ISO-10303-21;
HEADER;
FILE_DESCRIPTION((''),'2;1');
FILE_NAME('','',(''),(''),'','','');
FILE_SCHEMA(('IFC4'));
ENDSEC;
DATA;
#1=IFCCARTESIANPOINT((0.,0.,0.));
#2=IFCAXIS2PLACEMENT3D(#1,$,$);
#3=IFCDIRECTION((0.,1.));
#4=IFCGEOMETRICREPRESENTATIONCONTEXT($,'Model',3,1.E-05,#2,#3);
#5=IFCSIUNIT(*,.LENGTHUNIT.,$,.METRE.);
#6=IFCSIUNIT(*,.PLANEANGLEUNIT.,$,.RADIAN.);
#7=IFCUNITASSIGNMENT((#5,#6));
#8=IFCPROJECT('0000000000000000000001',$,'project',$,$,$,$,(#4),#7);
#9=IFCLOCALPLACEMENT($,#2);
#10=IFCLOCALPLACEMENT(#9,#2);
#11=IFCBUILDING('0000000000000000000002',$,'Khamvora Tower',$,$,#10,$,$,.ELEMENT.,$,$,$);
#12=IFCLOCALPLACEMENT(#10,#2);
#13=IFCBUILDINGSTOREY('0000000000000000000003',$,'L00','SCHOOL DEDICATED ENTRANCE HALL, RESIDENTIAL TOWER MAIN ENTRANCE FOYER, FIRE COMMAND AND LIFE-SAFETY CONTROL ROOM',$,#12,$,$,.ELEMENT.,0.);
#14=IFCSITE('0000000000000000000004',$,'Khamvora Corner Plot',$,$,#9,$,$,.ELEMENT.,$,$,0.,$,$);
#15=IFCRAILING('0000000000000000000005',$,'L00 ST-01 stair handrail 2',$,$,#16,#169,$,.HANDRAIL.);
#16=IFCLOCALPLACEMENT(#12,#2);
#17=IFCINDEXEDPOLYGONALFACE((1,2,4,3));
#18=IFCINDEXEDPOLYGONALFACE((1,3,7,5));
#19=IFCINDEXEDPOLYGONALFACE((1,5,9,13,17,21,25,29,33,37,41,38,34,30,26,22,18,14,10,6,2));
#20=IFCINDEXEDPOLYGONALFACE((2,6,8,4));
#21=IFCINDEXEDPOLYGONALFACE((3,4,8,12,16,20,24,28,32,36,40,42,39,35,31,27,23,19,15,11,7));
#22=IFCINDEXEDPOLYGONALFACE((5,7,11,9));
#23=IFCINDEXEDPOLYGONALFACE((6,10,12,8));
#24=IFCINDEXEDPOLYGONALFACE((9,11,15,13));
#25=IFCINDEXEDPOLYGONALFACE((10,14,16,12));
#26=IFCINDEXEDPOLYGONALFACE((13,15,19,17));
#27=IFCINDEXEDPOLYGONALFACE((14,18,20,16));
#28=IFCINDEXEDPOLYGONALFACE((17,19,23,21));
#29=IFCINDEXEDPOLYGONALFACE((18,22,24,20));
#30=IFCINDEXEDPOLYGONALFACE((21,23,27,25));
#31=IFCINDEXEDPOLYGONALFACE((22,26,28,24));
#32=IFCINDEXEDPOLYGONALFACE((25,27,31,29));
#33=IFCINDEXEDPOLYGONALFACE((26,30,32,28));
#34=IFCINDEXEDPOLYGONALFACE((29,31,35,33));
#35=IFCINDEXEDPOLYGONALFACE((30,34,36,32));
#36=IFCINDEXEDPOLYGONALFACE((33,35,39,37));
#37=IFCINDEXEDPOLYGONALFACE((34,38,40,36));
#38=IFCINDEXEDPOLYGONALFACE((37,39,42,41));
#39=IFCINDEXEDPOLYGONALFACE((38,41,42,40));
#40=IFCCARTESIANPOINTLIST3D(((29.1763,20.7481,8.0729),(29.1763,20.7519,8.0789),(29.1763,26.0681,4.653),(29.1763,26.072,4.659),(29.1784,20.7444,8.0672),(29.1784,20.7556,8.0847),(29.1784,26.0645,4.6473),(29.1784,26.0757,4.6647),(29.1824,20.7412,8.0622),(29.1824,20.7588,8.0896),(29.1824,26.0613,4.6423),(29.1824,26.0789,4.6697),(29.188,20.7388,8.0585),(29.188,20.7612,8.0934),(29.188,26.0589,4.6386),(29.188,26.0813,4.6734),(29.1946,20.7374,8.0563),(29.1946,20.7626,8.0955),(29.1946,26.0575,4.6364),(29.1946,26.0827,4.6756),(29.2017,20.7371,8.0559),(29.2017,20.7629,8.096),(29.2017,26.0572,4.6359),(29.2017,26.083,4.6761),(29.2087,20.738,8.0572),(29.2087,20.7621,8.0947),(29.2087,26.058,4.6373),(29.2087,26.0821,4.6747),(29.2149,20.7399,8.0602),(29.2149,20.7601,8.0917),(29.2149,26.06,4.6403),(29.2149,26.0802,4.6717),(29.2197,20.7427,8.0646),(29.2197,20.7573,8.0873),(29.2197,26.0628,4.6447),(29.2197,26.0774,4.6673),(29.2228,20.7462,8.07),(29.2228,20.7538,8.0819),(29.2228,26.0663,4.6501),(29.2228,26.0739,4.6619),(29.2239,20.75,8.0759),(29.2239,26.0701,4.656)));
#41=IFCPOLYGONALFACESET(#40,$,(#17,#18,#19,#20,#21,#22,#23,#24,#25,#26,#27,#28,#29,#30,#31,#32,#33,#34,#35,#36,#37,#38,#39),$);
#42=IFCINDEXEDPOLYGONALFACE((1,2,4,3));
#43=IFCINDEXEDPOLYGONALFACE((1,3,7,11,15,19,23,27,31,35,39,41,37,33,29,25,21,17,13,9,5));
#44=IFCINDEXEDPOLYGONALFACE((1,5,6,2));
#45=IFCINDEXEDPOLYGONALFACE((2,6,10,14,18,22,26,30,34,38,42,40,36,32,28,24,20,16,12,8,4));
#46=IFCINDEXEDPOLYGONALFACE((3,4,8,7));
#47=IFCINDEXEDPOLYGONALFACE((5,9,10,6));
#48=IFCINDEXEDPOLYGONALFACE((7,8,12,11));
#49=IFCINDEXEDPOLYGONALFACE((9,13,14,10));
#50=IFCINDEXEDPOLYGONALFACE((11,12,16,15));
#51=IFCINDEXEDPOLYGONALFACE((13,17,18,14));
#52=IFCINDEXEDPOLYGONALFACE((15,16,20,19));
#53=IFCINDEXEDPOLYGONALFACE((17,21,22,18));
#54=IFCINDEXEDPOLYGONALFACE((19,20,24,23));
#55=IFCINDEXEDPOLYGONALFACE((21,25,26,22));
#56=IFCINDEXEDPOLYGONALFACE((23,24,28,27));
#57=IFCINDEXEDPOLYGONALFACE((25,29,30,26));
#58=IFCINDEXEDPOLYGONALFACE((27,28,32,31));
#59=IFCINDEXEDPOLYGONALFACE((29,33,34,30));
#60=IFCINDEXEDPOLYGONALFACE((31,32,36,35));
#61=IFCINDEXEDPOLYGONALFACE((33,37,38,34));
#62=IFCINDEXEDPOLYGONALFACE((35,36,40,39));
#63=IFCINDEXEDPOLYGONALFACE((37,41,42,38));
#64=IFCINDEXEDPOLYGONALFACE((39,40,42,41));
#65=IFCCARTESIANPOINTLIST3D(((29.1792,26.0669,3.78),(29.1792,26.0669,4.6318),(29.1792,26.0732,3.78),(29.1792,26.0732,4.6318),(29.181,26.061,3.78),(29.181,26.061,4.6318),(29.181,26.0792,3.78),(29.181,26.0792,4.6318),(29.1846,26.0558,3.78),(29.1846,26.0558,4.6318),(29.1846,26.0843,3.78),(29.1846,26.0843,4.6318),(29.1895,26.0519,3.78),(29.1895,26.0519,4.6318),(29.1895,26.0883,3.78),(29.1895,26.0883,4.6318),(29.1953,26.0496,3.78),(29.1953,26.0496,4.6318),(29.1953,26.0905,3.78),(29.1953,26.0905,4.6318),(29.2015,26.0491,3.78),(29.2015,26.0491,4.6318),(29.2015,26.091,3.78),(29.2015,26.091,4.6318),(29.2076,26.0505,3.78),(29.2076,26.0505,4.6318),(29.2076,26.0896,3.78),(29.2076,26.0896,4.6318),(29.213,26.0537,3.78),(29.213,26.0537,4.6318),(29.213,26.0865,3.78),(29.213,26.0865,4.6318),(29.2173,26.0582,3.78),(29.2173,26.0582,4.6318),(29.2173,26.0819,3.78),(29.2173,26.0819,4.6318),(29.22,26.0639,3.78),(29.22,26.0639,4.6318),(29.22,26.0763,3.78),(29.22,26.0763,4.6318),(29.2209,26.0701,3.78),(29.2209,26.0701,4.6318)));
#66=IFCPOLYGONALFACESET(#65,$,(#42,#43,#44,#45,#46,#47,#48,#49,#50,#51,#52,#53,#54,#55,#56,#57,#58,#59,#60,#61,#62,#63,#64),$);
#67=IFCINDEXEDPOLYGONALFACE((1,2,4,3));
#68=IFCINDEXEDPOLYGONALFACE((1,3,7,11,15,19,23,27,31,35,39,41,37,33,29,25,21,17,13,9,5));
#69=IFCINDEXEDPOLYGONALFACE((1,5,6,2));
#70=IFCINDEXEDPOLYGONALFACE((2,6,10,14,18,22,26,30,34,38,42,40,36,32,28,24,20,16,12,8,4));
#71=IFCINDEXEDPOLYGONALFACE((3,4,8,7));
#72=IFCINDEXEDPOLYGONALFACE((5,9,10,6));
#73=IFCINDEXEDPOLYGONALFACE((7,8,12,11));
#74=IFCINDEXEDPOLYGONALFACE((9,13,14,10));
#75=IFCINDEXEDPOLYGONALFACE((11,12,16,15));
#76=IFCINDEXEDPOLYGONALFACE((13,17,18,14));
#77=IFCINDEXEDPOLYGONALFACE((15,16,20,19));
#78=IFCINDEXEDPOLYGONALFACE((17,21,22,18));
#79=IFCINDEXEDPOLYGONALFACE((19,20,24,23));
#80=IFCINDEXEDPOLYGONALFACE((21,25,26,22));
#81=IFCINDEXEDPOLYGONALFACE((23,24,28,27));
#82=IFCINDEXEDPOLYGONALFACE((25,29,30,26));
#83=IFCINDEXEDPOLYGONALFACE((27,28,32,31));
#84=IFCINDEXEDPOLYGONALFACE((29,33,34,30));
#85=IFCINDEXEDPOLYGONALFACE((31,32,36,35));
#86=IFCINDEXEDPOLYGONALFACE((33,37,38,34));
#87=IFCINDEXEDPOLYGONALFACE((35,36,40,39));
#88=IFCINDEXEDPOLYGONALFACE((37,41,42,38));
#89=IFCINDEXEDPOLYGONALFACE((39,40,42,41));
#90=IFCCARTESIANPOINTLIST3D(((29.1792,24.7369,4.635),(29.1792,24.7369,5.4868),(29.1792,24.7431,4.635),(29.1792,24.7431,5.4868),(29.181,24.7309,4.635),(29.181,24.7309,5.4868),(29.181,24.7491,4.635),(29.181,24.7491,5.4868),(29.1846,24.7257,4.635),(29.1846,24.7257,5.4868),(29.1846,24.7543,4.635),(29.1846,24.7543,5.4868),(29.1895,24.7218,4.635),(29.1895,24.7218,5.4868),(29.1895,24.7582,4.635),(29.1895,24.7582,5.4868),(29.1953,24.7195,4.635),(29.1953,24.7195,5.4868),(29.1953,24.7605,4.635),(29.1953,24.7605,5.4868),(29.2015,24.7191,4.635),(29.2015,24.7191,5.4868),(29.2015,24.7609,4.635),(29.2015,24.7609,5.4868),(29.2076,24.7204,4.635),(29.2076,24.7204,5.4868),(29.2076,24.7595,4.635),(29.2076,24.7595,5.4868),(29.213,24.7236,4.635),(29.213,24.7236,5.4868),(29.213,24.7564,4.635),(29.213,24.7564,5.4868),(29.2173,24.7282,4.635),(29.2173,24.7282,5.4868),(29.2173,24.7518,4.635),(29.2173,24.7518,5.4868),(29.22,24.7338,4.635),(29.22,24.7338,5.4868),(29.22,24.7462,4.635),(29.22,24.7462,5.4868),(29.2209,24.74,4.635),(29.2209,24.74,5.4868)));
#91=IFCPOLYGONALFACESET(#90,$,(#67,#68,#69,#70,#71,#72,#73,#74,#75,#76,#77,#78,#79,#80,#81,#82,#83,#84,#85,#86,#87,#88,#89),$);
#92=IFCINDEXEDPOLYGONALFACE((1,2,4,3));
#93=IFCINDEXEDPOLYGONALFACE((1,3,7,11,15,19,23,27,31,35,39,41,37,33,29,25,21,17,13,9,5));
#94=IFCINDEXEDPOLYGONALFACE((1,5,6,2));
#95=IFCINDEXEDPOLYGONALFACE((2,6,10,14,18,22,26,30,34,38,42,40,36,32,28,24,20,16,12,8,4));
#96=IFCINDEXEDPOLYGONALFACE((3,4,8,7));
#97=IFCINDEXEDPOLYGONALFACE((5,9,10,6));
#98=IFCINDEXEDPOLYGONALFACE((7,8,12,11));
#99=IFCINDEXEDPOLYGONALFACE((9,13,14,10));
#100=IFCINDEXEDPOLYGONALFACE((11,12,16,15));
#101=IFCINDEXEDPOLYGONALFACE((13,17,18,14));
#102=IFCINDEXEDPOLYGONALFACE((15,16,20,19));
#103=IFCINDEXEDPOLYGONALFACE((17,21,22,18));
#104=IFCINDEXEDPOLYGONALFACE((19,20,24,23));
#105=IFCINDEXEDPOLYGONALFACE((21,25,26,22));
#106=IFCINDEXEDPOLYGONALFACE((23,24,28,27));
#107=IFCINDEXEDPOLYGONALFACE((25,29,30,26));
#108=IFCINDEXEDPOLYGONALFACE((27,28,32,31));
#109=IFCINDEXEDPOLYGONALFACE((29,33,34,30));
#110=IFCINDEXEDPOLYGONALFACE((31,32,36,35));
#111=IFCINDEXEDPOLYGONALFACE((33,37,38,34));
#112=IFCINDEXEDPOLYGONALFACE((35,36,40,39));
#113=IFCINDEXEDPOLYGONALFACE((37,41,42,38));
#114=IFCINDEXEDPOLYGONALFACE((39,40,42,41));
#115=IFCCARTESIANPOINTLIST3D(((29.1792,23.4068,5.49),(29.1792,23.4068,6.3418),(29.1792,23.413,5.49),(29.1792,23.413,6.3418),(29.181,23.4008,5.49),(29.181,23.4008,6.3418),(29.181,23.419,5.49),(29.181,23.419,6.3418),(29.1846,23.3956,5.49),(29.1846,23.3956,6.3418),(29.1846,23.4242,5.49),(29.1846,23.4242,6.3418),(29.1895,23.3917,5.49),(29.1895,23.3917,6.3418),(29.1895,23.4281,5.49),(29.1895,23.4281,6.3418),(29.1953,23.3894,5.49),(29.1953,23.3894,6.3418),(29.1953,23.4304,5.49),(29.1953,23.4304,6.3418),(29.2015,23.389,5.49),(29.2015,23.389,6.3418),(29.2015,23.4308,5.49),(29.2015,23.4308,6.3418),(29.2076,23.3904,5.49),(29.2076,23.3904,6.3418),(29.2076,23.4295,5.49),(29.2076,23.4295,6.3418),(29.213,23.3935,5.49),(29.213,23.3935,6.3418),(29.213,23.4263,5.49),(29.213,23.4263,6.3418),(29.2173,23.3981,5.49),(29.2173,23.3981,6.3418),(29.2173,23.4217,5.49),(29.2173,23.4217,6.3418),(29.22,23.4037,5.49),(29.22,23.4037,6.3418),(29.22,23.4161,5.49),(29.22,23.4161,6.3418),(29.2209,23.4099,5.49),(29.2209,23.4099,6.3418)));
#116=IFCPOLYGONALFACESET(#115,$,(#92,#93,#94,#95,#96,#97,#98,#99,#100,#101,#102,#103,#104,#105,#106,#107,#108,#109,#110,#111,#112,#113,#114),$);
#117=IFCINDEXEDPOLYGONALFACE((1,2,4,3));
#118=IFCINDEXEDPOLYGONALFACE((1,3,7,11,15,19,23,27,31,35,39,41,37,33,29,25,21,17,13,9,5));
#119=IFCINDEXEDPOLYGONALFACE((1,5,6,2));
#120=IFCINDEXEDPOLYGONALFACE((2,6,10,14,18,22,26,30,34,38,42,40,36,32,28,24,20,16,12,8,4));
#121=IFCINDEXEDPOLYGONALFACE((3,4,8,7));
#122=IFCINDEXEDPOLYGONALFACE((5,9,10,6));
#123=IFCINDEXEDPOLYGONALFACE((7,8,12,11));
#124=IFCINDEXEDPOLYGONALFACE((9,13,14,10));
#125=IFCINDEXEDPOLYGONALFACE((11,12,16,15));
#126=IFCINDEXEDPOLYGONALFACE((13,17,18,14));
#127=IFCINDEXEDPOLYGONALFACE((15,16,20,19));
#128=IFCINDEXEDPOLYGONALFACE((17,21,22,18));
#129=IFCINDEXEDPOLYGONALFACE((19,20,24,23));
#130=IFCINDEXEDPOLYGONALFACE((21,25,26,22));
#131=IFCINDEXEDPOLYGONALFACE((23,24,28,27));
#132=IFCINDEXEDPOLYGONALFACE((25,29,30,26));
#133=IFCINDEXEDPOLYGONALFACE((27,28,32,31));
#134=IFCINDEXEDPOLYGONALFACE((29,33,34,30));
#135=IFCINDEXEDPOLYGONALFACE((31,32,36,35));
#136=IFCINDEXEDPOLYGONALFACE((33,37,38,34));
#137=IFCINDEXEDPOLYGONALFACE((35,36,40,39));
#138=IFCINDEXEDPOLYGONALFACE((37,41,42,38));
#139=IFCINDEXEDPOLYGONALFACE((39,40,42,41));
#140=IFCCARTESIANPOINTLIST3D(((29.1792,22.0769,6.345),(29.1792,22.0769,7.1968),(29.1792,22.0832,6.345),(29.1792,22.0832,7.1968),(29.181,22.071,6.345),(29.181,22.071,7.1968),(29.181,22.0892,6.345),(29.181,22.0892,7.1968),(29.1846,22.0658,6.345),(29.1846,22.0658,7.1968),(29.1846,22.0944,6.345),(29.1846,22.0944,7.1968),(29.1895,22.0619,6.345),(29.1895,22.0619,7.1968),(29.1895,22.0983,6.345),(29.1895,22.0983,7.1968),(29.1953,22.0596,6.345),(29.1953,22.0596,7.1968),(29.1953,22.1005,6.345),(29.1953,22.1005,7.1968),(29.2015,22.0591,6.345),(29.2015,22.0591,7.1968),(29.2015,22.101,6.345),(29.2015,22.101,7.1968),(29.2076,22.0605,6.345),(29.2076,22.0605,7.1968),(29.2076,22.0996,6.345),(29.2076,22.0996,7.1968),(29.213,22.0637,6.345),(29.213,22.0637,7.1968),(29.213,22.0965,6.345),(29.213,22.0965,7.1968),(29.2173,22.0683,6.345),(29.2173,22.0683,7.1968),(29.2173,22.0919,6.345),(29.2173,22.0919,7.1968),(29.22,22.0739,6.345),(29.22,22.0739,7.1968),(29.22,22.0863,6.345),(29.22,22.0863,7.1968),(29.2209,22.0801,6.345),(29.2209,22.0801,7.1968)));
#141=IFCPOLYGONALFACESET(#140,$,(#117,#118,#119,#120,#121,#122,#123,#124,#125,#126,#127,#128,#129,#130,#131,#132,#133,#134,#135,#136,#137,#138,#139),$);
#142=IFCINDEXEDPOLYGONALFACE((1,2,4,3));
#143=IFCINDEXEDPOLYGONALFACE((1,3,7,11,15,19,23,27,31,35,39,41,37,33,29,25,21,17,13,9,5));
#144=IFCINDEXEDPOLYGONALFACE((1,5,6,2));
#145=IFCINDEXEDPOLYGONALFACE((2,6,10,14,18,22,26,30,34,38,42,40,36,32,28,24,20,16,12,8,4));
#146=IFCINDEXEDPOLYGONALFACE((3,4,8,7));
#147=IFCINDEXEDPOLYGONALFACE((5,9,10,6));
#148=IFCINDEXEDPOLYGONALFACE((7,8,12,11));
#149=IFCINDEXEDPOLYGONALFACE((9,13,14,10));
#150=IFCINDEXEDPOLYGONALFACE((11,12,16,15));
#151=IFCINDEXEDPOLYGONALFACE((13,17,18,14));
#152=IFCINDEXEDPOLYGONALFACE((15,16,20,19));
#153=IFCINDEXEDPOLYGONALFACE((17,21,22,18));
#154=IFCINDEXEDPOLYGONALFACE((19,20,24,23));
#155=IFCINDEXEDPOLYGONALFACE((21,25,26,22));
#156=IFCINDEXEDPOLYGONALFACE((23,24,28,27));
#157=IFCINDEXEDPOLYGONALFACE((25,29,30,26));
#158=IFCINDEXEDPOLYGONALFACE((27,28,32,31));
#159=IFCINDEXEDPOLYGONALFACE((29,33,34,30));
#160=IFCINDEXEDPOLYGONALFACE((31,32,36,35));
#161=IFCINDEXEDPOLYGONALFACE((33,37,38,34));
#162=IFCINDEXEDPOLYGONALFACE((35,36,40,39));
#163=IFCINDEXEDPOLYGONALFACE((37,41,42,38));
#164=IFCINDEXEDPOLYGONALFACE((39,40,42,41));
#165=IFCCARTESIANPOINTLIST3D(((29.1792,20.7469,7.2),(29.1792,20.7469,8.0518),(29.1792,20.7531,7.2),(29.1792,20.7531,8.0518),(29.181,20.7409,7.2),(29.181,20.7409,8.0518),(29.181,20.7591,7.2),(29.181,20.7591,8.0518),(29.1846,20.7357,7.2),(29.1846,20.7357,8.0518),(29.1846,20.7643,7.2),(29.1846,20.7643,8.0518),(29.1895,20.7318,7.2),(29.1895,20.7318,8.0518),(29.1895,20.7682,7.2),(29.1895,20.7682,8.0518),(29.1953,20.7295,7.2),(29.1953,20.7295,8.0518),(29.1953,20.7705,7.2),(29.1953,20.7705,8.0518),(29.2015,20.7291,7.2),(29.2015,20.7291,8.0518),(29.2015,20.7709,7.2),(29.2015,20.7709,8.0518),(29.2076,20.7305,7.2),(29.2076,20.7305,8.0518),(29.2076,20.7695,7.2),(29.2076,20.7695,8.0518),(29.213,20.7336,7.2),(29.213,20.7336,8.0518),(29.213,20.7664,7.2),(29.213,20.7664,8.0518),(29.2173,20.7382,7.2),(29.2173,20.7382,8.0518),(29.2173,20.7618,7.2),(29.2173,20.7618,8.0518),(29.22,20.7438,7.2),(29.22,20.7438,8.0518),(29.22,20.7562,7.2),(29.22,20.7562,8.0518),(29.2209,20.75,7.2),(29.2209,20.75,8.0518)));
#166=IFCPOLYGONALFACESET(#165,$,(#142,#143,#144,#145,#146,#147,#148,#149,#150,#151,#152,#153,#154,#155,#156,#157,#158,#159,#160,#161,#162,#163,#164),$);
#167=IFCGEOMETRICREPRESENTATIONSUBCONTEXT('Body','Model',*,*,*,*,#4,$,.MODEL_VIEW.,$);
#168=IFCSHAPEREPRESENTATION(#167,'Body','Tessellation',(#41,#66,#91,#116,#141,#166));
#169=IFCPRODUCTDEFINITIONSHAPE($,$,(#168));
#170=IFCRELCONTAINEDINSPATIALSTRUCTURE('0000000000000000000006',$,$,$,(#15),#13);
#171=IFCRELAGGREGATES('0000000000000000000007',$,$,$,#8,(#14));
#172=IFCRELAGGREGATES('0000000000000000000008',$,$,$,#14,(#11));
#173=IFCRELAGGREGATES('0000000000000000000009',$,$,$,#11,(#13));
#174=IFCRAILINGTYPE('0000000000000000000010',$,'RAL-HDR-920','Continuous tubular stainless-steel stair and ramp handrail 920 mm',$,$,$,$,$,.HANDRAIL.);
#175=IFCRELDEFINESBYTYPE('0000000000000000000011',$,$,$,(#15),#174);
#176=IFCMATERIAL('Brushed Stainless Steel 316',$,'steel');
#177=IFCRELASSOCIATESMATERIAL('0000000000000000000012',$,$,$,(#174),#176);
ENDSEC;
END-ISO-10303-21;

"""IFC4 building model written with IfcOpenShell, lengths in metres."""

from ifc_helpers import new_model, si_unit, direction, frame, origin, origin_2d, place, context, subcontext, project, spatial, circle, extrude, material, type_object, element, save


model = new_model("IFC4")

# Units and contexts
model_context = context("Model", 3, precision=1e-05, world=origin(), true_north=direction((0.0, 1.0)))
body_context = subcontext(model_context, "Body", "Model", "MODEL_VIEW")
ifc_project = project(units=[si_unit("LENGTHUNIT", "METRE"), si_unit("PLANEANGLEUNIT", "RADIAN")], contexts=[model_context])

# Site, building, storey
site_placement = place(None, origin())
site = spatial("IfcSite", under=ifc_project, at=site_placement, Name="Khamvora Corner Plot", CompositionType="ELEMENT", RefElevation=0.0)
building_placement = place(site_placement, origin())
building = spatial("IfcBuilding", under=site, at=building_placement, Name="Khamvora Tower", CompositionType="ELEMENT")
storey_placement = place(building_placement, origin())
storey = spatial("IfcBuildingStorey", under=building, at=storey_placement, Name="L00", Description="SCHOOL DEDICATED ENTRANCE HALL, RESIDENTIAL TOWER MAIN ENTRANCE FOYER, FIRE COMMAND AND LIFE-SAFETY CONTROL ROOM", CompositionType="ELEMENT", Elevation=0.0)

# Railing
ifc_material_1 = material(Name="Brushed Stainless Steel 316", Category="steel")
railing_type = type_object("IfcRailingType", Name="RAL-HDR-920", Description="Continuous tubular stainless-steel stair and ramp handrail 920 mm", PredefinedType="HANDRAIL", material=ifc_material_1)
railing_1_placement = place(storey_placement, frame((29.2, 26.0701, 3.78)))
element("IfcRailing", 1, at=railing_1_placement, inside=storey, type_object=railing_type, Name="L00 ST-01 stair handrail 2", PredefinedType="HANDRAIL", context=body_context, shape_type="SweptSolid", body=[
    extrude(circle(Radius=0.0239, at=origin_2d()), frame((0.0, 0.0, 0.876), z_axis=(0.0, -0.841187, 0.540744), x_axis=(1.0, 0.0, 0.0)), (0.0, 0.0, 1.0), 6.3245),
    extrude(circle(Radius=0.021, at=origin_2d()), origin(), (0.0, 0.0, 1.0), 0.8518),
    extrude(circle(Radius=0.021, at=origin_2d()), frame((0.0, -1.3301, 0.855)), (0.0, 0.0, 1.0), 0.8518),
    extrude(circle(Radius=0.021, at=origin_2d()), frame((0.0, -2.6602, 1.71)), (0.0, 0.0, 1.0), 0.8518),
    extrude(circle(Radius=0.021, at=origin_2d()), frame((0.0, -3.99, 2.5649)), (0.0, 0.0, 1.0), 0.8518),
    extrude(circle(Radius=0.021, at=origin_2d()), frame((0.0, -5.3201, 3.4199)), (0.0, 0.0, 1.0), 0.8518),
])

save(model, "model.ifc")
